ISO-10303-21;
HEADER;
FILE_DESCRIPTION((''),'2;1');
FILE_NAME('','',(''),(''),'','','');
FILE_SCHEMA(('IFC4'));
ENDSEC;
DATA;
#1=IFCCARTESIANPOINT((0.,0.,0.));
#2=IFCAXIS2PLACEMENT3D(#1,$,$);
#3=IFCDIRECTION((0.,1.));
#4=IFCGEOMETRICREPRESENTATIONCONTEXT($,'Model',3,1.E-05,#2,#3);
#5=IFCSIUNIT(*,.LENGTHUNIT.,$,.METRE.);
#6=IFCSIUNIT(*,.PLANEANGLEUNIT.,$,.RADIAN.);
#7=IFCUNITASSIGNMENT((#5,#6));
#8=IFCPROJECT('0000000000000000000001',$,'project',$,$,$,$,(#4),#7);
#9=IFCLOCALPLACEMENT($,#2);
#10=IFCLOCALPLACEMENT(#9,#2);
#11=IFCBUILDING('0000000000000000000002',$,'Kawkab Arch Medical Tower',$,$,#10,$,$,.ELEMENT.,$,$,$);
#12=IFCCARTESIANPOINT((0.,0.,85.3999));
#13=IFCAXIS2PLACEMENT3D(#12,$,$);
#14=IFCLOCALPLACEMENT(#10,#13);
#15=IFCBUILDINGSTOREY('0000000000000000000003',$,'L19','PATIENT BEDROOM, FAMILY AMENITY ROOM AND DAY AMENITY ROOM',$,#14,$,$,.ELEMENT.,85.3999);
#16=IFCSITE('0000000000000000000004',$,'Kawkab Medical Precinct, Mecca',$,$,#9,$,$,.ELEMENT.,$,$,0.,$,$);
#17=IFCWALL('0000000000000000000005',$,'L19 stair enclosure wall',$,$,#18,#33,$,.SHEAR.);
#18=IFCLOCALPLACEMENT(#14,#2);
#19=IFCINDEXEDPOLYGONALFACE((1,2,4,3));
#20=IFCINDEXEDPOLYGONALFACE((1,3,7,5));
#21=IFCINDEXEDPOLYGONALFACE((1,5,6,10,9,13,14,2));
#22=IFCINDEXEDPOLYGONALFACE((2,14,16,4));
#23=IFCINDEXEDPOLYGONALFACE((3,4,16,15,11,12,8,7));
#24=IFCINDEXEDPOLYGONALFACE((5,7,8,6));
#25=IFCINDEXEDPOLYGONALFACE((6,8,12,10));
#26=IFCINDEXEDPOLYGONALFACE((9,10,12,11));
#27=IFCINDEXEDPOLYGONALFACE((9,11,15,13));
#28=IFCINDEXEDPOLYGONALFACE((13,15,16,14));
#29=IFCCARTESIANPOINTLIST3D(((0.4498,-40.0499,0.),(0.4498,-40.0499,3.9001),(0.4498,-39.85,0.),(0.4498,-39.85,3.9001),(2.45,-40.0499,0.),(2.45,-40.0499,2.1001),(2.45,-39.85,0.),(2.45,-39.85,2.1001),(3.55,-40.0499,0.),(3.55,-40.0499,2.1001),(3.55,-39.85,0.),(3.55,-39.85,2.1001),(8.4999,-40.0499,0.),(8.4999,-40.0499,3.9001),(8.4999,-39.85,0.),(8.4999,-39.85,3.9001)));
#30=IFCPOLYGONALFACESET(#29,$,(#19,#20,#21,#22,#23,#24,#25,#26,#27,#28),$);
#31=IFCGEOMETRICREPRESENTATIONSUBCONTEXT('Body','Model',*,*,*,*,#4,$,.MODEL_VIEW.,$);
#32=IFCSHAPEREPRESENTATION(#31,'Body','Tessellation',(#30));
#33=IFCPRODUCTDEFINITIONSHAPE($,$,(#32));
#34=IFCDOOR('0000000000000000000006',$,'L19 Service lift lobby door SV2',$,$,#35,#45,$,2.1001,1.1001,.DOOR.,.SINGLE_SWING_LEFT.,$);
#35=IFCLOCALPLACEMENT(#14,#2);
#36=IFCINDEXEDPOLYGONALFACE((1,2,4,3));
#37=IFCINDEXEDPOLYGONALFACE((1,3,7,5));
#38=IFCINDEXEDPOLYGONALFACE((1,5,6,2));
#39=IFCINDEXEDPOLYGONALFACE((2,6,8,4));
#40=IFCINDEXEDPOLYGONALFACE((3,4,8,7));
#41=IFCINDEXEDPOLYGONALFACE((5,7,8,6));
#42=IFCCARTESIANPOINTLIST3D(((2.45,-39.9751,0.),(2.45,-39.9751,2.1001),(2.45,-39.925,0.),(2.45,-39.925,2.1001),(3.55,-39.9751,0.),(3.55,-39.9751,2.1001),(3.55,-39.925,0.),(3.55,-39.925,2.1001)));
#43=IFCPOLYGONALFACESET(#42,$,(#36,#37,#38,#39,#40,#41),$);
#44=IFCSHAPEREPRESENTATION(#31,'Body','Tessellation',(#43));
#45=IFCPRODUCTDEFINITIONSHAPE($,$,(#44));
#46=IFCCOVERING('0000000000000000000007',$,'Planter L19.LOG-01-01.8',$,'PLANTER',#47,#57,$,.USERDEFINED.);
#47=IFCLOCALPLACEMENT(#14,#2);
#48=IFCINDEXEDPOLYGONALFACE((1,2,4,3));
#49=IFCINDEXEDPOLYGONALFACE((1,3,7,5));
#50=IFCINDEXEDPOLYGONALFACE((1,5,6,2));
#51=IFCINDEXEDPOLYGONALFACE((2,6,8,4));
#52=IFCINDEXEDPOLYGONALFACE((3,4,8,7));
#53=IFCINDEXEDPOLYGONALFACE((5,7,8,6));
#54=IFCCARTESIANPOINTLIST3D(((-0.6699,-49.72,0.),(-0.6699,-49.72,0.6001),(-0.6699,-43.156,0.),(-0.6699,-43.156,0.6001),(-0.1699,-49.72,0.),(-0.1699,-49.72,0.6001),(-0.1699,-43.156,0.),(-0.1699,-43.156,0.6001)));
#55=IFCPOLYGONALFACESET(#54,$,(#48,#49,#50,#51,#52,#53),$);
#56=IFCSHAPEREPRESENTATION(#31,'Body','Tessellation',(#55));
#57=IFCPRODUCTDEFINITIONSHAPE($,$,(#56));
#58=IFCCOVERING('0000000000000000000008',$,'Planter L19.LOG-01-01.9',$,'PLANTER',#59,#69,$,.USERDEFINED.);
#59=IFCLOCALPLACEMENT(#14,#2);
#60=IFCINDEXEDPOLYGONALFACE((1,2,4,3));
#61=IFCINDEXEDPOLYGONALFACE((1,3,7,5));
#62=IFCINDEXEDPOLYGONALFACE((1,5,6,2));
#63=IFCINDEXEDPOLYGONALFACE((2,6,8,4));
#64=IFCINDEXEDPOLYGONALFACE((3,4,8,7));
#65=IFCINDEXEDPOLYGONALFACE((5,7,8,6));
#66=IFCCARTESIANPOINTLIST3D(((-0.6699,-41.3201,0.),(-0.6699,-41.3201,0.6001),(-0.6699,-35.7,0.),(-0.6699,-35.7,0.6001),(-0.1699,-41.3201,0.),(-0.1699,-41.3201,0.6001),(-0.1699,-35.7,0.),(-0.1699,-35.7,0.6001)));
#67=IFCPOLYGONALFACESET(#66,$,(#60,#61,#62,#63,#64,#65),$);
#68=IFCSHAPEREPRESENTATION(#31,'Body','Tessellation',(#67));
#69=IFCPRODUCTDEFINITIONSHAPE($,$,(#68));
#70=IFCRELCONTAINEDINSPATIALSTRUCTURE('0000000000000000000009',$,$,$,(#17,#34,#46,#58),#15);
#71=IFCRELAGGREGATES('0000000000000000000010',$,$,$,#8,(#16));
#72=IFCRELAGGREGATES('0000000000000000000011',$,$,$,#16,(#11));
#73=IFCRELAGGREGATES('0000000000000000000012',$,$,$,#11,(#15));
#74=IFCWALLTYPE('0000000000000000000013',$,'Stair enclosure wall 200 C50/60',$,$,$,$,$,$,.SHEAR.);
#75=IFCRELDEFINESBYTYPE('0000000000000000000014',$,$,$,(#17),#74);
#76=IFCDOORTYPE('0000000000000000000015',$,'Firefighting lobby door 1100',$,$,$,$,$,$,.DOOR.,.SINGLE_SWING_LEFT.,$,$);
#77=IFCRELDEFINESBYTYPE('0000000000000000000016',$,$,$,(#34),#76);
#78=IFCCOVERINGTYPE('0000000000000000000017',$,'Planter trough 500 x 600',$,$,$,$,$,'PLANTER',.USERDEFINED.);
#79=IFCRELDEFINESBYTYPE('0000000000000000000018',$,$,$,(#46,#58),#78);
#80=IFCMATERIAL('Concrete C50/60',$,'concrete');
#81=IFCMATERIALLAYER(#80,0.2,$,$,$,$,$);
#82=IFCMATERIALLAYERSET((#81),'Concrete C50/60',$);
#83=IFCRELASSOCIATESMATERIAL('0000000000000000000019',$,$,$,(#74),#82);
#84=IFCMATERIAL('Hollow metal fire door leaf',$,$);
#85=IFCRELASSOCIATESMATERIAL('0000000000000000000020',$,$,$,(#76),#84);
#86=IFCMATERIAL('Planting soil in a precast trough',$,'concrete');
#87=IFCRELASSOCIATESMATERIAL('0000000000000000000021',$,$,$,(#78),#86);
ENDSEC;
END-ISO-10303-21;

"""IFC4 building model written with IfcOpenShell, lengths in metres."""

from ifc_helpers import new_model, si_unit, direction, frame, frame_2d, origin, origin_2d, place, context, subcontext, project, spatial, rectangle, extrude, material, layer, layer_set, material_profile, profile_set, type_object, element, fill, save


model = new_model("IFC4")

# Units and contexts
model_context = context("Model", 3, precision=1e-05, world=origin(), true_north=direction((0.0, 1.0)))
body_context = subcontext(model_context, "Body", "Model", "MODEL_VIEW")
ifc_project = project(units=[si_unit("LENGTHUNIT", "METRE"), si_unit("PLANEANGLEUNIT", "RADIAN")], contexts=[model_context])

# Site, building, storey
site_placement = place(None, origin())
site = spatial("IfcSite", under=ifc_project, at=site_placement, Name="Kawkab Medical Precinct, Mecca", CompositionType="ELEMENT", RefElevation=0.0)
building_placement = place(site_placement, origin())
building = spatial("IfcBuilding", under=site, at=building_placement, Name="Kawkab Arch Medical Tower", CompositionType="ELEMENT")
storey_placement = place(building_placement, frame((0.0, 0.0, 85.3999)))
storey = spatial("IfcBuildingStorey", under=building, at=storey_placement, Name="L19", Description="PATIENT BEDROOM, FAMILY AMENITY ROOM AND DAY AMENITY ROOM", CompositionType="ELEMENT", Elevation=85.3999)

# Wall, opening, door
ifc_material_1 = material(Name="Concrete C50/60", Category="concrete")
ifc_layer_1 = layer(ifc_material_1, 0.2)
ifc_layer_set_1 = layer_set([ifc_layer_1], Name="Concrete C50/60")
wall_type_1 = type_object("IfcWallType", Name="Stair enclosure wall 200 C50/60", PredefinedType="SHEAR", material=ifc_layer_set_1)
wall_1_placement = place(storey_placement, frame((0.45, -39.95, 0.0), z_axis=(0.0, 0.0, 1.0), x_axis=(1.0, 0.0, 0.0)))
wall_1 = element("IfcWall", 1, at=wall_1_placement, inside=storey, type_object=wall_type_1, Name="L19 stair enclosure wall", PredefinedType="SHEAR", context=body_context, shape_type="SweptSolid", body=[
    extrude(rectangle(XDim=8.05, YDim=0.2, at=frame_2d((4.0249, 0.0))), origin(), (0.0, 0.0, 1.0), 3.9001),
])
opening_1_placement = place(wall_1_placement, frame((2.0, 0.0, 0.0)))
opening_1 = element("IfcOpeningElement", 2, at=opening_1_placement, cuts=wall_1, PredefinedType="OPENING", context=body_context, shape_type="SweptSolid", body=[
    extrude(rectangle(XDim=1.1001, YDim=2.1001, at=frame_2d((0.55, 1.05))), frame((0.0, 0.1099, 0.0), z_axis=(0.0, -1.0, 0.0), x_axis=(1.0, 0.0, 0.0)), (0.0, 0.0, 1.0), 0.22),
])
ifc_material_2 = material(Name="Hollow metal fire door leaf")
door_type_1 = type_object("IfcDoorType", Name="Firefighting lobby door 1100", OperationType="SINGLE_SWING_LEFT", PredefinedType="DOOR", material=ifc_material_2)
door_1_placement = place(opening_1_placement, origin())
door_1 = element("IfcDoor", 3, at=door_1_placement, inside=storey, type_object=door_type_1, Name="L19 Service lift lobby door SV2", OperationType="SINGLE_SWING_LEFT", OverallHeight=2.1001, OverallWidth=1.1001, PredefinedType="DOOR", context=body_context, shape_type="SweptSolid", body=[
    extrude(rectangle(XDim=1.1001, YDim=2.1001, at=frame_2d((0.55, 1.05))), frame((0.0, 0.0249, 0.0), z_axis=(0.0, -1.0, 0.0), x_axis=(1.0, 0.0, 0.0)), (0.0, 0.0, 1.0), 0.05),
])
fill(opening_1, door_1)

# Coverings
ifc_material_3 = material(Name="Planting soil in a precast trough", Category="concrete")
ifc_material_profile_1 = material_profile(ifc_material_3, rectangle(XDim=0.5, YDim=0.6001, at=origin_2d()), Name="Trough 500x600")
ifc_profile_set_1 = profile_set([ifc_material_profile_1], Name="Planting soil in a precast trough")
covering_type = type_object("IfcCoveringType", Name="Planter trough 500 x 600", ElementType="PLANTER", PredefinedType="USERDEFINED", material=ifc_profile_set_1)
covering_1_placement = place(storey_placement, frame((-0.4199, -49.72, 0.3), z_axis=(0.0, 1.0, 0.0), x_axis=(-1.0, 0.0, 0.0)))
element("IfcCovering", 4, at=covering_1_placement, inside=storey, type_object=covering_type, Name="Planter L19.LOG-01-01.8", ObjectType="PLANTER", PredefinedType="USERDEFINED", context=body_context, shape_type="SweptSolid", body=[
    extrude(rectangle(XDim=0.5, YDim=0.6001, at=origin_2d()), origin(), (0.0, 0.0, 1.0), 6.564),
])
covering_2_placement = place(storey_placement, frame((-0.4199, -41.3201, 0.3), z_axis=(0.0, 1.0, 0.0), x_axis=(-1.0, 0.0, 0.0)))
element("IfcCovering", 5, at=covering_2_placement, inside=storey, type_object=covering_type, Name="Planter L19.LOG-01-01.9", ObjectType="PLANTER", PredefinedType="USERDEFINED", context=body_context, shape_type="SweptSolid", body=[
    extrude(rectangle(XDim=0.5, YDim=0.6001, at=origin_2d()), origin(), (0.0, 0.0, 1.0), 5.6201),
])

save(model, "model.ifc")
